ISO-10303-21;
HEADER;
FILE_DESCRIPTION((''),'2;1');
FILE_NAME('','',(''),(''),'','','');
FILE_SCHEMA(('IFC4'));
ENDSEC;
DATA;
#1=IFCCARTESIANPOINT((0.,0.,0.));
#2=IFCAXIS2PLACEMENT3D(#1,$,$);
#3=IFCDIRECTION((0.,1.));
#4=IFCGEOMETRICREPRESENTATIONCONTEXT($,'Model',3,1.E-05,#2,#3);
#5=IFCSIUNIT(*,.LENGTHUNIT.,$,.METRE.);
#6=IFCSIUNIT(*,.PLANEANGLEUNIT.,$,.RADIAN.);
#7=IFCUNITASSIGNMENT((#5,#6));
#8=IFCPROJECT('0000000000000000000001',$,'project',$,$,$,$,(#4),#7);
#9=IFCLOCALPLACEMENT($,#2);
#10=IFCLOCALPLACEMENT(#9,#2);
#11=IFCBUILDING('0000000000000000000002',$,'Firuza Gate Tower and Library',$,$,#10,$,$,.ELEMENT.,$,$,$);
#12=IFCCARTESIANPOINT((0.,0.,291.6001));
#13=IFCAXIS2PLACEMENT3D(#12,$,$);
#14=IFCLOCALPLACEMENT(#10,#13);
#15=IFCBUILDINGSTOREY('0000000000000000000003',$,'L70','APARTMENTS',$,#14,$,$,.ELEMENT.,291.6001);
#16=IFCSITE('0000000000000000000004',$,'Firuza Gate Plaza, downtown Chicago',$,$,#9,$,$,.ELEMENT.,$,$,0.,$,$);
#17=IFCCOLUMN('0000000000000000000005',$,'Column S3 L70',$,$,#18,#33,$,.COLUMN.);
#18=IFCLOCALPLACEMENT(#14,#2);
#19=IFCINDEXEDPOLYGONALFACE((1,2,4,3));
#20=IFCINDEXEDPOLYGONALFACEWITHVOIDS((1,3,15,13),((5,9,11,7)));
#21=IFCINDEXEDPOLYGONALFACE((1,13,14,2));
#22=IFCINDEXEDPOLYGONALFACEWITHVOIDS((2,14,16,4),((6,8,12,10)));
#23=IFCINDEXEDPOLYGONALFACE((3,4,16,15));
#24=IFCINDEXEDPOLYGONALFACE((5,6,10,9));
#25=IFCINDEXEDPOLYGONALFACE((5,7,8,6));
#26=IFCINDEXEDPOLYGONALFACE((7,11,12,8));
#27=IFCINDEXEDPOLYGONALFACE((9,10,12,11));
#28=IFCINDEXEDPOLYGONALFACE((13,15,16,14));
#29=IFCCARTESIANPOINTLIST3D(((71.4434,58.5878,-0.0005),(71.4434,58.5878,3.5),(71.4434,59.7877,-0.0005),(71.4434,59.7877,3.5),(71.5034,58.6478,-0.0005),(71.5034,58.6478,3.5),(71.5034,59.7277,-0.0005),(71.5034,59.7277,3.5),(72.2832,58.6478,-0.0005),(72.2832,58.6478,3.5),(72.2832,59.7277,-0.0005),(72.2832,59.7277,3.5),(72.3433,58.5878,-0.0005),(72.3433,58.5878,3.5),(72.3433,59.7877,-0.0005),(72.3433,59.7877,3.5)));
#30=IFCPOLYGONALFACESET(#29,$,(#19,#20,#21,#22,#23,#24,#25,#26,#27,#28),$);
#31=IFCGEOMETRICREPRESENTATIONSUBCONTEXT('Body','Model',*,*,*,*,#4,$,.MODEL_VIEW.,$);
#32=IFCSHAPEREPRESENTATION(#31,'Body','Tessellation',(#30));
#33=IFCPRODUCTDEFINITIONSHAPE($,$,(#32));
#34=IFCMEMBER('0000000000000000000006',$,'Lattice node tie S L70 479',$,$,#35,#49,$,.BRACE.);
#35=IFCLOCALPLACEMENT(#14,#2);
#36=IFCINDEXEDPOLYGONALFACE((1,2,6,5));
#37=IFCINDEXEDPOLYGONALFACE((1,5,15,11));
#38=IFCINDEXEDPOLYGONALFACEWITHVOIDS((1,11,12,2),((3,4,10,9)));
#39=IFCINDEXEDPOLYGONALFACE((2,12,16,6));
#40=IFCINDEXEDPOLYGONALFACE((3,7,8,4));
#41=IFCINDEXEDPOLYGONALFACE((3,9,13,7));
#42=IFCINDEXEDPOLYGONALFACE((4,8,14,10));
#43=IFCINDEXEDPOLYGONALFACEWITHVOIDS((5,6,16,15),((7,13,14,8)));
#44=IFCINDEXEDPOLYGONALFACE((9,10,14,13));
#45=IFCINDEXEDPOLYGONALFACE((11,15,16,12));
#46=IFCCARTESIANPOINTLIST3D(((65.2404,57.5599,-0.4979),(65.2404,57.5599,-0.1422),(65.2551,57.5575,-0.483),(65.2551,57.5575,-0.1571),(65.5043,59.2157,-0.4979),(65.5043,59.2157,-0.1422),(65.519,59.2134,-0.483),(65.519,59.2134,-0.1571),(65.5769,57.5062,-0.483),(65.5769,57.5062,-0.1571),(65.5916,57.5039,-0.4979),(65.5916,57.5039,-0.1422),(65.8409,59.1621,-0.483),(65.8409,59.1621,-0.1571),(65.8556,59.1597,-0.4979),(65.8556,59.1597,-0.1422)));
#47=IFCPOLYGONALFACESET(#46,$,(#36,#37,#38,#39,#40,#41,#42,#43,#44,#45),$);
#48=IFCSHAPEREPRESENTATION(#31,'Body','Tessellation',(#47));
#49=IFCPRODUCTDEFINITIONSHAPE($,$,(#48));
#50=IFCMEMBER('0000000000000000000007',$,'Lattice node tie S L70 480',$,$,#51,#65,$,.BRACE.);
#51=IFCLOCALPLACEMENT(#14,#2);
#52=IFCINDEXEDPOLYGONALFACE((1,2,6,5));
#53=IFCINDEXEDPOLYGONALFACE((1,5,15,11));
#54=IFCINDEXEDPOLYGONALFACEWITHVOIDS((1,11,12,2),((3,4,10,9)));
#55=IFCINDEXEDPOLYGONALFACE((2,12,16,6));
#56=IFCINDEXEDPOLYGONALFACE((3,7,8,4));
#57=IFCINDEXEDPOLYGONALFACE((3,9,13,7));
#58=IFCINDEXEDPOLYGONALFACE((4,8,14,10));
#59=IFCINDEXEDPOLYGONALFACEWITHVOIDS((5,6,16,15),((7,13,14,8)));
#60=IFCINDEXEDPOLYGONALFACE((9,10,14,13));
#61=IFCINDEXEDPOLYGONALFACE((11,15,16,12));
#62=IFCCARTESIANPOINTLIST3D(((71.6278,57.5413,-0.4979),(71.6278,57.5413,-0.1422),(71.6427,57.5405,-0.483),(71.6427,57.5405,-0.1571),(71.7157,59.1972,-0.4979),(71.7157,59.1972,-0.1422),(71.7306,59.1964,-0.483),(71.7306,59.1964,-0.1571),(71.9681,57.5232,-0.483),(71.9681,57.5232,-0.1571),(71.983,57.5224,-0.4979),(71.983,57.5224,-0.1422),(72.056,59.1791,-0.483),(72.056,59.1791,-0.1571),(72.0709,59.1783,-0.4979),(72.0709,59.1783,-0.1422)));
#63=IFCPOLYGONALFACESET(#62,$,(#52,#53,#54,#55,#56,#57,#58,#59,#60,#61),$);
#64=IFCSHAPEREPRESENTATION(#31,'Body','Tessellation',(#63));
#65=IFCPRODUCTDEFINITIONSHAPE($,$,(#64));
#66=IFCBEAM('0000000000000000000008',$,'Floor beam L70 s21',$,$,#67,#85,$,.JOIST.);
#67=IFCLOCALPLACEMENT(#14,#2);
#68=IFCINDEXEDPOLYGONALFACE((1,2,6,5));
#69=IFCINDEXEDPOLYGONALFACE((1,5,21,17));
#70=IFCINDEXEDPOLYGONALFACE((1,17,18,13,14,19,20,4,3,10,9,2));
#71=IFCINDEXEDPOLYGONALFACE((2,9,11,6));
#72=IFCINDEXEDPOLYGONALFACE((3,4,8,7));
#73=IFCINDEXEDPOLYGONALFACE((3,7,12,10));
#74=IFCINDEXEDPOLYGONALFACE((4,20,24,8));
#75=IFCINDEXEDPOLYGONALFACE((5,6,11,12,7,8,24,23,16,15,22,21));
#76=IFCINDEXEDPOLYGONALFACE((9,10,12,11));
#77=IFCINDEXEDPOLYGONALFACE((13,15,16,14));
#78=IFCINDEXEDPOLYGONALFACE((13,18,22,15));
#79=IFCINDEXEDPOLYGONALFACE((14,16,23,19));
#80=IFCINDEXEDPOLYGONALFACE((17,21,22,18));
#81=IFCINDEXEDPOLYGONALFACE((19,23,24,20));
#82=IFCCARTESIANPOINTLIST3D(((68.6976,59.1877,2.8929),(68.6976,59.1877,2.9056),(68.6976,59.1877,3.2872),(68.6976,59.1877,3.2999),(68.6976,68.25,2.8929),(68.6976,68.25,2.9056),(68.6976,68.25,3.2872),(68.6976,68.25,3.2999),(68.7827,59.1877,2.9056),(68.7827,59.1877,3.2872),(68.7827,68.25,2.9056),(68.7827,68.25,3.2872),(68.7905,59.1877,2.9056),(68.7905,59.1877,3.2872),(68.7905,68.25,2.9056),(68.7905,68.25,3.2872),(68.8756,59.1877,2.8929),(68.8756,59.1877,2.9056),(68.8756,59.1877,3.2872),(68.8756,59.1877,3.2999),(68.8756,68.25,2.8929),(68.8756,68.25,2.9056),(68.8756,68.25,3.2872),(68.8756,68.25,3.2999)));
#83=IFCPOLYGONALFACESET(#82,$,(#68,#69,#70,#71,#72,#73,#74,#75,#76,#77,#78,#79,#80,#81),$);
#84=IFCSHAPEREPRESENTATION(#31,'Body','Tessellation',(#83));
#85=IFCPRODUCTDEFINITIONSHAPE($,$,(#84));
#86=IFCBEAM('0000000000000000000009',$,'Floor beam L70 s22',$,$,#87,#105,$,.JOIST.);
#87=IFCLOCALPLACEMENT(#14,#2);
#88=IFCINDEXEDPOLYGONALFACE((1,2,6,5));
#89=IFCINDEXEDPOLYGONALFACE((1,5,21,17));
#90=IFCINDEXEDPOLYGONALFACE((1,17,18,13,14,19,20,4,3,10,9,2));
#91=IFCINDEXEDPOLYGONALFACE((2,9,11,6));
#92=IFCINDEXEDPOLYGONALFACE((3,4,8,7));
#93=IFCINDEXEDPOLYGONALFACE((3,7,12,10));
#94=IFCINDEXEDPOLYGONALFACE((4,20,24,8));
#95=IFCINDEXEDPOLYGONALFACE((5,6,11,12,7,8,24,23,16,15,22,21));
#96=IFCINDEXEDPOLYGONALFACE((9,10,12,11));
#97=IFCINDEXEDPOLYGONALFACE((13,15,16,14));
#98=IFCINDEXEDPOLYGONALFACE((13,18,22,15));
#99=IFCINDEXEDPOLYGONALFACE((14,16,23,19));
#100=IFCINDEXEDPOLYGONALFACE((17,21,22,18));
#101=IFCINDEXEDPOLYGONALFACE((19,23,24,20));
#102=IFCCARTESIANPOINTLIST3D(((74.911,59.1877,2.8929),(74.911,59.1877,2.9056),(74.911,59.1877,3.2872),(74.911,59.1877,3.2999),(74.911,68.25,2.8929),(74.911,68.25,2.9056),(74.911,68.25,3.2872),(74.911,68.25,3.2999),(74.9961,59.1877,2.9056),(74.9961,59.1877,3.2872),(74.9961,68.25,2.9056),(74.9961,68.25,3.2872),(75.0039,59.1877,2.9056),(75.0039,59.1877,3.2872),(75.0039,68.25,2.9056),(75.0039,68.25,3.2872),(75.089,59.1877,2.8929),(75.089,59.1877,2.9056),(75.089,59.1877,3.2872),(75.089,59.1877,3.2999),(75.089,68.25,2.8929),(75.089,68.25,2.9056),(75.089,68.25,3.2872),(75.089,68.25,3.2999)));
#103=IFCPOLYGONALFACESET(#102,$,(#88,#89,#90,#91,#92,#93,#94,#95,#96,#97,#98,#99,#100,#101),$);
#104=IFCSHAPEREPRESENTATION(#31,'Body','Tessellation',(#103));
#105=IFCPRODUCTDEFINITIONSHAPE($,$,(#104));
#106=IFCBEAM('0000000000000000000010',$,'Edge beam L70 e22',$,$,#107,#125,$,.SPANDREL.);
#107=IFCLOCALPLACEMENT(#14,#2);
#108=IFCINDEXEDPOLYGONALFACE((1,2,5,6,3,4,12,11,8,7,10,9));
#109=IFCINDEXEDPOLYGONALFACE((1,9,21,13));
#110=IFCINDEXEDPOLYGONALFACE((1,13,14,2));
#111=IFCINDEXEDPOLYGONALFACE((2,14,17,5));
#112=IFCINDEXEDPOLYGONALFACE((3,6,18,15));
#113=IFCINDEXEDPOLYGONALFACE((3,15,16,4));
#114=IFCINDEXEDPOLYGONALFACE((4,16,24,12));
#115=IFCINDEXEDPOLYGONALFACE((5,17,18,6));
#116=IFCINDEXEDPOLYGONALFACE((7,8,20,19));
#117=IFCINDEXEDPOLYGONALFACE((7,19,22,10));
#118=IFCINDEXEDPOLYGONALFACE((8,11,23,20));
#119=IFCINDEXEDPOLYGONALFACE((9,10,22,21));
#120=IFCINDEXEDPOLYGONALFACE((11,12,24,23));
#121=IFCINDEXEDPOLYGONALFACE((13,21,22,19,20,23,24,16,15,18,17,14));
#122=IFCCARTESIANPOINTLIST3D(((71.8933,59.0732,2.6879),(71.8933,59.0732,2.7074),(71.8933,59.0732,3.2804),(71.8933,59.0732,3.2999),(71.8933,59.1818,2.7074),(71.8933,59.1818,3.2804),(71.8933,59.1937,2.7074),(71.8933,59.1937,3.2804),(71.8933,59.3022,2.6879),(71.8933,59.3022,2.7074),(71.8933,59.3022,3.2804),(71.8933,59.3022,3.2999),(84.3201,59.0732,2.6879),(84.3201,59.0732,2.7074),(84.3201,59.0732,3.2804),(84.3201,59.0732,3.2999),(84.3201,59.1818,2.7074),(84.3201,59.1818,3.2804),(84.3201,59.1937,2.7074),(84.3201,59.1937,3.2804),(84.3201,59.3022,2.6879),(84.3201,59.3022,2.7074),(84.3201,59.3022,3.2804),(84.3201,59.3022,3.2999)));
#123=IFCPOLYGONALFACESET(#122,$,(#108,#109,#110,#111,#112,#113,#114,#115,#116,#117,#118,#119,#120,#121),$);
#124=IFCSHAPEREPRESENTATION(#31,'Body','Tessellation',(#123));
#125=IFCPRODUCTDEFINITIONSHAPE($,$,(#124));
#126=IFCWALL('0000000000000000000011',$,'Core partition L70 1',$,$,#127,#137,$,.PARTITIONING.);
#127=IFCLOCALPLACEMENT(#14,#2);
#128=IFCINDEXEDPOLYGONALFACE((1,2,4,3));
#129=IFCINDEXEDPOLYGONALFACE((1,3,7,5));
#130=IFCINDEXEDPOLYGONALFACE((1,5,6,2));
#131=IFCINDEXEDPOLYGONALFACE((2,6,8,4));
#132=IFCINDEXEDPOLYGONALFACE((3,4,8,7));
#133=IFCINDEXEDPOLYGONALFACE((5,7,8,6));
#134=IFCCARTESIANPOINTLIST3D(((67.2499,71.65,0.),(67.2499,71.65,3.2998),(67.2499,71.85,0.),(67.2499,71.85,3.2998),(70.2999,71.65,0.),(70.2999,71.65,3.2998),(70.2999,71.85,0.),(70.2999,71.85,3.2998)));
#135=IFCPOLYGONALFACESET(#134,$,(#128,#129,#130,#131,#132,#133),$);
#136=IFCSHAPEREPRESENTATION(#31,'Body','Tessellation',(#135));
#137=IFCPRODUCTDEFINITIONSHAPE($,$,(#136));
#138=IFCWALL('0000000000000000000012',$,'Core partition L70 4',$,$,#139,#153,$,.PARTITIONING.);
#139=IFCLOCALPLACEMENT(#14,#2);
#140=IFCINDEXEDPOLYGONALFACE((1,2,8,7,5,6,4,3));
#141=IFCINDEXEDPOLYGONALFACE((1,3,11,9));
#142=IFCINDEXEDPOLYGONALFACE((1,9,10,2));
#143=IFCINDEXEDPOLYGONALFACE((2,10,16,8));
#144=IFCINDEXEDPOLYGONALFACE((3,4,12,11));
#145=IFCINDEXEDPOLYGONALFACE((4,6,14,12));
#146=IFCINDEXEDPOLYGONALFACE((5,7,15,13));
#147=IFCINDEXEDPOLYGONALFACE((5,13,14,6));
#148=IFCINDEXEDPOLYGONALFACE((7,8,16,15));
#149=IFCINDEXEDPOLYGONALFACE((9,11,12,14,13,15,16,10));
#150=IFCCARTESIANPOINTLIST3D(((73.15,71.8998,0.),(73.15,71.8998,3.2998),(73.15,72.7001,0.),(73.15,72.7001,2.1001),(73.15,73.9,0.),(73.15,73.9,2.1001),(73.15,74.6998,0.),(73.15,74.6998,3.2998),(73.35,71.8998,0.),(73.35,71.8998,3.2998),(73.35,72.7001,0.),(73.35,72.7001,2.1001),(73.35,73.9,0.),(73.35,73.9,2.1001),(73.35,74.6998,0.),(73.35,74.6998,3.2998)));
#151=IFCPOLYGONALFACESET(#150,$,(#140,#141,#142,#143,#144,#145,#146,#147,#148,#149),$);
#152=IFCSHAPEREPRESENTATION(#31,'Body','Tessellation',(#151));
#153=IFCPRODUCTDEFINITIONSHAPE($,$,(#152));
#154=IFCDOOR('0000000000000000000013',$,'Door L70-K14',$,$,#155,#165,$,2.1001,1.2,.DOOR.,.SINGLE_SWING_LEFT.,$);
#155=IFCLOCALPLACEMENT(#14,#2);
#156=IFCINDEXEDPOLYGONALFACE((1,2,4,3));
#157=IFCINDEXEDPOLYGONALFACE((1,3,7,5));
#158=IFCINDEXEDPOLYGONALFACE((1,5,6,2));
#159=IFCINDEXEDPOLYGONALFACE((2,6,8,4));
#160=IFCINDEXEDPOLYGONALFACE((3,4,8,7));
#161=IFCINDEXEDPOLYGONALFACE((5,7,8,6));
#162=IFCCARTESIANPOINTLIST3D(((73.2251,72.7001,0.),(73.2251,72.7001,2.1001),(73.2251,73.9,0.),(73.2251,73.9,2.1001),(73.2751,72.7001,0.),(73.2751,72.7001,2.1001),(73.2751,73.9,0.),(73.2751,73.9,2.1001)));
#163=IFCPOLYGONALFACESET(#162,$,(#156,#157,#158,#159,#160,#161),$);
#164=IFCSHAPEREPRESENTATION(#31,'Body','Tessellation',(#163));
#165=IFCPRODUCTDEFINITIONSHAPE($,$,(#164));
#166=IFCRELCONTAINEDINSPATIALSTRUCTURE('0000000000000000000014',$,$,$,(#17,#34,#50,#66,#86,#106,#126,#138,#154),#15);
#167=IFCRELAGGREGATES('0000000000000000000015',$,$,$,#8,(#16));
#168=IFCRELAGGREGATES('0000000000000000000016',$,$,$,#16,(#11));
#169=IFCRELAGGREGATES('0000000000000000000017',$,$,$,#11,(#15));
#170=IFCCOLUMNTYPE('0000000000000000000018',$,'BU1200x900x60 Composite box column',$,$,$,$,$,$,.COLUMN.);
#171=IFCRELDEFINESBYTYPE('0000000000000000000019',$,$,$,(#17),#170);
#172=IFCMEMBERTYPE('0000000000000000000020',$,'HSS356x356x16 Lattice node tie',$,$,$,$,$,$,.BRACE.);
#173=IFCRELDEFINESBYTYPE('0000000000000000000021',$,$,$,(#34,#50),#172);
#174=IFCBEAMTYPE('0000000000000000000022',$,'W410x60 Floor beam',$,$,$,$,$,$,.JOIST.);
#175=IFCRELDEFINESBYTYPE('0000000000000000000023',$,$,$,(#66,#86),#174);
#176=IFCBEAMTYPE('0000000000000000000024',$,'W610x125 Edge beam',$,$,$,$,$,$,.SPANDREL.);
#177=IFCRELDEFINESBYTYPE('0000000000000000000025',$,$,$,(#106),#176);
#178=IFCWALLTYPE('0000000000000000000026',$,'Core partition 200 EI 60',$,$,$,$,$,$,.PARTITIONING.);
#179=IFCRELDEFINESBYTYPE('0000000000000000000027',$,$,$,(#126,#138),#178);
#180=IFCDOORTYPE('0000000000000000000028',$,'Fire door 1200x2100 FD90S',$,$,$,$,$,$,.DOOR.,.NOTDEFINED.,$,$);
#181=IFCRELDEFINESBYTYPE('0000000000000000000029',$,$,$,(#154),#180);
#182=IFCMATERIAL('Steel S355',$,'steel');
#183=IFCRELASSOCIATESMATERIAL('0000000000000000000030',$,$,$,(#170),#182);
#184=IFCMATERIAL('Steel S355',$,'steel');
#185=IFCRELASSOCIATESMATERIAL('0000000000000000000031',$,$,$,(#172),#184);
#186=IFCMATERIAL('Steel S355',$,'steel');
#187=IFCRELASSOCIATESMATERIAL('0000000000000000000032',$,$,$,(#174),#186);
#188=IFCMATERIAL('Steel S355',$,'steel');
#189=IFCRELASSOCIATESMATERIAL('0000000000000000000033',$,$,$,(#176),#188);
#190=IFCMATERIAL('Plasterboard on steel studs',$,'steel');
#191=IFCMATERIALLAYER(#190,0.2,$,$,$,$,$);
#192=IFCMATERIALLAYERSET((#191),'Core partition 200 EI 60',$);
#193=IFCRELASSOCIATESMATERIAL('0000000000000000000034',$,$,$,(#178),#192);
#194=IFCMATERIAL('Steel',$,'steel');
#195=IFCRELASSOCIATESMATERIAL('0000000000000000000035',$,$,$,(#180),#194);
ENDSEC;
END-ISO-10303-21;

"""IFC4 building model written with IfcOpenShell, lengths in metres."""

from ifc_helpers import new_model, si_unit, direction, frame, frame_2d, origin, origin_2d, place, context, subcontext, project, spatial, rectangle, hollow_rectangle, i_section, extrude, material, layer, layer_set, material_profile, profile_set, type_object, element, fill, save


model = new_model("IFC4")

# Units and contexts
model_context = context("Model", 3, precision=1e-05, world=origin(), true_north=direction((0.0, 1.0)))
body_context = subcontext(model_context, "Body", "Model", "MODEL_VIEW")
ifc_project = project(units=[si_unit("LENGTHUNIT", "METRE"), si_unit("PLANEANGLEUNIT", "RADIAN")], contexts=[model_context])

# Site, building, storey
site_placement = place(None, origin())
site = spatial("IfcSite", under=ifc_project, at=site_placement, Name="Firuza Gate Plaza, downtown Chicago", CompositionType="ELEMENT", RefElevation=0.0)
building_placement = place(site_placement, origin())
building = spatial("IfcBuilding", under=site, at=building_placement, Name="Firuza Gate Tower and Library", CompositionType="ELEMENT")
storey_placement = place(building_placement, frame((0.0, 0.0, 291.6001)))
storey = spatial("IfcBuildingStorey", under=building, at=storey_placement, Name="L70", Description="APARTMENTS", CompositionType="ELEMENT", Elevation=291.6001)

# Column
ifc_material_1 = material(Name="Steel S355", Category="steel")
ifc_material_profile_1 = material_profile(ifc_material_1, hollow_rectangle(XDim=0.8999, YDim=1.2, WallThickness=0.0601, at=origin_2d()))
ifc_profile_set_1 = profile_set([ifc_material_profile_1], Name="Steel S355")
column_type = type_object("IfcColumnType", Name="BU1200x900x60 Composite box column", PredefinedType="COLUMN", material=ifc_profile_set_1)
column_placement = place(storey_placement, frame((71.8933, 59.1877, -0.0005), z_axis=(0.0, 0.0, 1.0), x_axis=(1.0, 0.0, 0.0)))
element("IfcColumn", 1, at=column_placement, inside=storey, type_object=column_type, Name="Column S3 L70", PredefinedType="COLUMN", context=body_context, shape_type="SweptSolid", body=[
    extrude(hollow_rectangle(XDim=0.8999, YDim=1.2, WallThickness=0.0601, at=origin_2d()), origin(), (0.0, 0.0, 1.0), 3.5005),
])

# Members
ifc_material_2 = material(Name="Steel S355", Category="steel")
ifc_material_profile_2 = material_profile(ifc_material_2, hollow_rectangle(XDim=0.3557, YDim=0.3557, WallThickness=0.0149, at=origin_2d()))
ifc_profile_set_2 = profile_set([ifc_material_profile_2], Name="Steel S355")
member_type = type_object("IfcMemberType", Name="HSS356x356x16 Lattice node tie", PredefinedType="BRACE", material=ifc_profile_set_2)
member_1_placement = place(storey_placement, frame((65.6799, 59.1877, -0.3201), z_axis=(-0.157406, -0.987534, 0.0), x_axis=(0.987534, -0.157406, 0.0)))
element("IfcMember", 2, at=member_1_placement, inside=storey, type_object=member_type, Name="Lattice node tie S L70 479", PredefinedType="BRACE", context=body_context, shape_type="SweptSolid", body=[
    extrude(hollow_rectangle(XDim=0.3557, YDim=0.3557, WallThickness=0.0149, at=origin_2d()), origin(), (0.0, 0.0, 1.0), 1.6768),
])
member_2_placement = place(storey_placement, frame((71.8933, 59.1877, -0.3201), z_axis=(-0.053007, -0.998594, 0.0), x_axis=(0.998594, -0.053007, 0.0)))
element("IfcMember", 3, at=member_2_placement, inside=storey, type_object=member_type, Name="Lattice node tie S L70 480", PredefinedType="BRACE", context=body_context, shape_type="SweptSolid", body=[
    extrude(hollow_rectangle(XDim=0.3557, YDim=0.3557, WallThickness=0.0149, at=origin_2d()), origin(), (0.0, 0.0, 1.0), 1.6582),
])

# Beams
ifc_material_3 = material(Name="Steel S355", Category="steel")
ifc_material_profile_3 = material_profile(ifc_material_3, i_section(OverallWidth=0.178, OverallDepth=0.407, WebThickness=0.0078, FlangeThickness=0.0127, at=origin_2d()))
ifc_profile_set_3 = profile_set([ifc_material_profile_3], Name="Steel S355")
beam_type_1 = type_object("IfcBeamType", Name="W410x60 Floor beam", PredefinedType="JOIST", material=ifc_profile_set_3)
for number, where, z_axis, x_axis, name in (
    (4, (68.7866, 59.1877, 3.0964), (0.0, 1.0, 0.0), (-1.0, 0.0, 0.0), "Floor beam L70 s21"),
    (5, (75.0, 59.1877, 3.0964), (0.0, 1.0, 0.0), (-1.0, 0.0, 0.0), "Floor beam L70 s22"),
):
    element("IfcBeam", number, at=place(storey_placement, frame(where, z_axis=z_axis, x_axis=x_axis)), inside=storey, type_object=beam_type_1, Name=name, PredefinedType="JOIST", context=body_context, shape_type="SweptSolid", body=[
        extrude(i_section(OverallWidth=0.178, OverallDepth=0.407, WebThickness=0.0078, FlangeThickness=0.0127, at=origin_2d()), origin(), (0.0, 0.0, 1.0), 9.0623),
    ])
ifc_material_4 = material(Name="Steel S355", Category="steel")
ifc_material_profile_4 = material_profile(ifc_material_4, i_section(OverallWidth=0.229, OverallDepth=0.6121, WebThickness=0.012, FlangeThickness=0.0195, at=origin_2d()))
ifc_profile_set_4 = profile_set([ifc_material_profile_4], Name="Steel S355")
beam_type_2 = type_object("IfcBeamType", Name="W610x125 Edge beam", PredefinedType="SPANDREL", material=ifc_profile_set_4)
beam_placement = place(storey_placement, frame((71.8933, 59.1877, 2.9939), z_axis=(1.0, 0.0, 0.0), x_axis=(0.0, 1.0, 0.0)))
element("IfcBeam", 6, at=beam_placement, inside=storey, type_object=beam_type_2, Name="Edge beam L70 e22", PredefinedType="SPANDREL", context=body_context, shape_type="SweptSolid", body=[
    extrude(i_section(OverallWidth=0.229, OverallDepth=0.6121, WebThickness=0.012, FlangeThickness=0.0195, at=origin_2d()), origin(), (0.0, 0.0, 1.0), 12.4268),
])

# Wall
ifc_material_5 = material(Name="Plasterboard on steel studs", Category="steel")
ifc_layer_1 = layer(ifc_material_5, 0.2)
ifc_layer_set_1 = layer_set([ifc_layer_1], Name="Core partition 200 EI 60")
wall_type_1 = type_object("IfcWallType", Name="Core partition 200 EI 60", PredefinedType="PARTITIONING", material=ifc_layer_set_1)
wall_1_placement = place(storey_placement, frame((67.25, 71.75, 0.0), z_axis=(0.0, 0.0, 1.0), x_axis=(1.0, 0.0, 0.0)))
element("IfcWall", 7, at=wall_1_placement, inside=storey, type_object=wall_type_1, Name="Core partition L70 1", PredefinedType="PARTITIONING", context=body_context, shape_type="SweptSolid", body=[
    extrude(rectangle(XDim=3.05, YDim=0.2, at=frame_2d((1.5249, 0.0))), origin(), (0.0, 0.0, 1.0), 3.2998),
])

# Wall, opening, door
wall_2_placement = place(storey_placement, frame((73.25, 71.8999, 0.0), z_axis=(0.0, 0.0, 1.0), x_axis=(0.0, 1.0, 0.0)))
wall_2 = element("IfcWall", 8, at=wall_2_placement, inside=storey, type_object=wall_type_1, Name="Core partition L70 4", PredefinedType="PARTITIONING", context=body_context, shape_type="SweptSolid", body=[
    extrude(rectangle(XDim=2.8, YDim=0.2, at=frame_2d((1.3999, 0.0))), origin(), (0.0, 0.0, 1.0), 3.2998),
])
opening_1_placement = place(wall_2_placement, frame((0.8, 0.0, 0.0)))
opening_1 = element("IfcOpeningElement", 9, at=opening_1_placement, cuts=wall_2, PredefinedType="OPENING", context=body_context, shape_type="SweptSolid", body=[
    extrude(rectangle(XDim=1.2, YDim=2.1001, at=frame_2d((0.6001, 1.05))), frame((0.0, 0.1099, 0.0), z_axis=(0.0, -1.0, 0.0), x_axis=(1.0, 0.0, 0.0)), (0.0, 0.0, 1.0), 0.22),
])
ifc_material_6 = material(Name="Steel", Category="steel")
door_type_1 = type_object("IfcDoorType", Name="Fire door 1200x2100 FD90S", OperationType="NOTDEFINED", PredefinedType="DOOR", material=ifc_material_6)
door_1_placement = place(opening_1_placement, origin())
door_1 = element("IfcDoor", 10, at=door_1_placement, inside=storey, type_object=door_type_1, Name="Door L70-K14", OperationType="SINGLE_SWING_LEFT", OverallHeight=2.1001, OverallWidth=1.2, PredefinedType="DOOR", context=body_context, shape_type="SweptSolid", body=[
    extrude(rectangle(XDim=1.2, YDim=2.1001, at=frame_2d((0.6001, 1.05))), frame((0.0, 0.0249, 0.0), z_axis=(0.0, -1.0, 0.0), x_axis=(1.0, 0.0, 0.0)), (0.0, 0.0, 1.0), 0.05),
])
fill(opening_1, door_1)

save(model, "model.ifc")
